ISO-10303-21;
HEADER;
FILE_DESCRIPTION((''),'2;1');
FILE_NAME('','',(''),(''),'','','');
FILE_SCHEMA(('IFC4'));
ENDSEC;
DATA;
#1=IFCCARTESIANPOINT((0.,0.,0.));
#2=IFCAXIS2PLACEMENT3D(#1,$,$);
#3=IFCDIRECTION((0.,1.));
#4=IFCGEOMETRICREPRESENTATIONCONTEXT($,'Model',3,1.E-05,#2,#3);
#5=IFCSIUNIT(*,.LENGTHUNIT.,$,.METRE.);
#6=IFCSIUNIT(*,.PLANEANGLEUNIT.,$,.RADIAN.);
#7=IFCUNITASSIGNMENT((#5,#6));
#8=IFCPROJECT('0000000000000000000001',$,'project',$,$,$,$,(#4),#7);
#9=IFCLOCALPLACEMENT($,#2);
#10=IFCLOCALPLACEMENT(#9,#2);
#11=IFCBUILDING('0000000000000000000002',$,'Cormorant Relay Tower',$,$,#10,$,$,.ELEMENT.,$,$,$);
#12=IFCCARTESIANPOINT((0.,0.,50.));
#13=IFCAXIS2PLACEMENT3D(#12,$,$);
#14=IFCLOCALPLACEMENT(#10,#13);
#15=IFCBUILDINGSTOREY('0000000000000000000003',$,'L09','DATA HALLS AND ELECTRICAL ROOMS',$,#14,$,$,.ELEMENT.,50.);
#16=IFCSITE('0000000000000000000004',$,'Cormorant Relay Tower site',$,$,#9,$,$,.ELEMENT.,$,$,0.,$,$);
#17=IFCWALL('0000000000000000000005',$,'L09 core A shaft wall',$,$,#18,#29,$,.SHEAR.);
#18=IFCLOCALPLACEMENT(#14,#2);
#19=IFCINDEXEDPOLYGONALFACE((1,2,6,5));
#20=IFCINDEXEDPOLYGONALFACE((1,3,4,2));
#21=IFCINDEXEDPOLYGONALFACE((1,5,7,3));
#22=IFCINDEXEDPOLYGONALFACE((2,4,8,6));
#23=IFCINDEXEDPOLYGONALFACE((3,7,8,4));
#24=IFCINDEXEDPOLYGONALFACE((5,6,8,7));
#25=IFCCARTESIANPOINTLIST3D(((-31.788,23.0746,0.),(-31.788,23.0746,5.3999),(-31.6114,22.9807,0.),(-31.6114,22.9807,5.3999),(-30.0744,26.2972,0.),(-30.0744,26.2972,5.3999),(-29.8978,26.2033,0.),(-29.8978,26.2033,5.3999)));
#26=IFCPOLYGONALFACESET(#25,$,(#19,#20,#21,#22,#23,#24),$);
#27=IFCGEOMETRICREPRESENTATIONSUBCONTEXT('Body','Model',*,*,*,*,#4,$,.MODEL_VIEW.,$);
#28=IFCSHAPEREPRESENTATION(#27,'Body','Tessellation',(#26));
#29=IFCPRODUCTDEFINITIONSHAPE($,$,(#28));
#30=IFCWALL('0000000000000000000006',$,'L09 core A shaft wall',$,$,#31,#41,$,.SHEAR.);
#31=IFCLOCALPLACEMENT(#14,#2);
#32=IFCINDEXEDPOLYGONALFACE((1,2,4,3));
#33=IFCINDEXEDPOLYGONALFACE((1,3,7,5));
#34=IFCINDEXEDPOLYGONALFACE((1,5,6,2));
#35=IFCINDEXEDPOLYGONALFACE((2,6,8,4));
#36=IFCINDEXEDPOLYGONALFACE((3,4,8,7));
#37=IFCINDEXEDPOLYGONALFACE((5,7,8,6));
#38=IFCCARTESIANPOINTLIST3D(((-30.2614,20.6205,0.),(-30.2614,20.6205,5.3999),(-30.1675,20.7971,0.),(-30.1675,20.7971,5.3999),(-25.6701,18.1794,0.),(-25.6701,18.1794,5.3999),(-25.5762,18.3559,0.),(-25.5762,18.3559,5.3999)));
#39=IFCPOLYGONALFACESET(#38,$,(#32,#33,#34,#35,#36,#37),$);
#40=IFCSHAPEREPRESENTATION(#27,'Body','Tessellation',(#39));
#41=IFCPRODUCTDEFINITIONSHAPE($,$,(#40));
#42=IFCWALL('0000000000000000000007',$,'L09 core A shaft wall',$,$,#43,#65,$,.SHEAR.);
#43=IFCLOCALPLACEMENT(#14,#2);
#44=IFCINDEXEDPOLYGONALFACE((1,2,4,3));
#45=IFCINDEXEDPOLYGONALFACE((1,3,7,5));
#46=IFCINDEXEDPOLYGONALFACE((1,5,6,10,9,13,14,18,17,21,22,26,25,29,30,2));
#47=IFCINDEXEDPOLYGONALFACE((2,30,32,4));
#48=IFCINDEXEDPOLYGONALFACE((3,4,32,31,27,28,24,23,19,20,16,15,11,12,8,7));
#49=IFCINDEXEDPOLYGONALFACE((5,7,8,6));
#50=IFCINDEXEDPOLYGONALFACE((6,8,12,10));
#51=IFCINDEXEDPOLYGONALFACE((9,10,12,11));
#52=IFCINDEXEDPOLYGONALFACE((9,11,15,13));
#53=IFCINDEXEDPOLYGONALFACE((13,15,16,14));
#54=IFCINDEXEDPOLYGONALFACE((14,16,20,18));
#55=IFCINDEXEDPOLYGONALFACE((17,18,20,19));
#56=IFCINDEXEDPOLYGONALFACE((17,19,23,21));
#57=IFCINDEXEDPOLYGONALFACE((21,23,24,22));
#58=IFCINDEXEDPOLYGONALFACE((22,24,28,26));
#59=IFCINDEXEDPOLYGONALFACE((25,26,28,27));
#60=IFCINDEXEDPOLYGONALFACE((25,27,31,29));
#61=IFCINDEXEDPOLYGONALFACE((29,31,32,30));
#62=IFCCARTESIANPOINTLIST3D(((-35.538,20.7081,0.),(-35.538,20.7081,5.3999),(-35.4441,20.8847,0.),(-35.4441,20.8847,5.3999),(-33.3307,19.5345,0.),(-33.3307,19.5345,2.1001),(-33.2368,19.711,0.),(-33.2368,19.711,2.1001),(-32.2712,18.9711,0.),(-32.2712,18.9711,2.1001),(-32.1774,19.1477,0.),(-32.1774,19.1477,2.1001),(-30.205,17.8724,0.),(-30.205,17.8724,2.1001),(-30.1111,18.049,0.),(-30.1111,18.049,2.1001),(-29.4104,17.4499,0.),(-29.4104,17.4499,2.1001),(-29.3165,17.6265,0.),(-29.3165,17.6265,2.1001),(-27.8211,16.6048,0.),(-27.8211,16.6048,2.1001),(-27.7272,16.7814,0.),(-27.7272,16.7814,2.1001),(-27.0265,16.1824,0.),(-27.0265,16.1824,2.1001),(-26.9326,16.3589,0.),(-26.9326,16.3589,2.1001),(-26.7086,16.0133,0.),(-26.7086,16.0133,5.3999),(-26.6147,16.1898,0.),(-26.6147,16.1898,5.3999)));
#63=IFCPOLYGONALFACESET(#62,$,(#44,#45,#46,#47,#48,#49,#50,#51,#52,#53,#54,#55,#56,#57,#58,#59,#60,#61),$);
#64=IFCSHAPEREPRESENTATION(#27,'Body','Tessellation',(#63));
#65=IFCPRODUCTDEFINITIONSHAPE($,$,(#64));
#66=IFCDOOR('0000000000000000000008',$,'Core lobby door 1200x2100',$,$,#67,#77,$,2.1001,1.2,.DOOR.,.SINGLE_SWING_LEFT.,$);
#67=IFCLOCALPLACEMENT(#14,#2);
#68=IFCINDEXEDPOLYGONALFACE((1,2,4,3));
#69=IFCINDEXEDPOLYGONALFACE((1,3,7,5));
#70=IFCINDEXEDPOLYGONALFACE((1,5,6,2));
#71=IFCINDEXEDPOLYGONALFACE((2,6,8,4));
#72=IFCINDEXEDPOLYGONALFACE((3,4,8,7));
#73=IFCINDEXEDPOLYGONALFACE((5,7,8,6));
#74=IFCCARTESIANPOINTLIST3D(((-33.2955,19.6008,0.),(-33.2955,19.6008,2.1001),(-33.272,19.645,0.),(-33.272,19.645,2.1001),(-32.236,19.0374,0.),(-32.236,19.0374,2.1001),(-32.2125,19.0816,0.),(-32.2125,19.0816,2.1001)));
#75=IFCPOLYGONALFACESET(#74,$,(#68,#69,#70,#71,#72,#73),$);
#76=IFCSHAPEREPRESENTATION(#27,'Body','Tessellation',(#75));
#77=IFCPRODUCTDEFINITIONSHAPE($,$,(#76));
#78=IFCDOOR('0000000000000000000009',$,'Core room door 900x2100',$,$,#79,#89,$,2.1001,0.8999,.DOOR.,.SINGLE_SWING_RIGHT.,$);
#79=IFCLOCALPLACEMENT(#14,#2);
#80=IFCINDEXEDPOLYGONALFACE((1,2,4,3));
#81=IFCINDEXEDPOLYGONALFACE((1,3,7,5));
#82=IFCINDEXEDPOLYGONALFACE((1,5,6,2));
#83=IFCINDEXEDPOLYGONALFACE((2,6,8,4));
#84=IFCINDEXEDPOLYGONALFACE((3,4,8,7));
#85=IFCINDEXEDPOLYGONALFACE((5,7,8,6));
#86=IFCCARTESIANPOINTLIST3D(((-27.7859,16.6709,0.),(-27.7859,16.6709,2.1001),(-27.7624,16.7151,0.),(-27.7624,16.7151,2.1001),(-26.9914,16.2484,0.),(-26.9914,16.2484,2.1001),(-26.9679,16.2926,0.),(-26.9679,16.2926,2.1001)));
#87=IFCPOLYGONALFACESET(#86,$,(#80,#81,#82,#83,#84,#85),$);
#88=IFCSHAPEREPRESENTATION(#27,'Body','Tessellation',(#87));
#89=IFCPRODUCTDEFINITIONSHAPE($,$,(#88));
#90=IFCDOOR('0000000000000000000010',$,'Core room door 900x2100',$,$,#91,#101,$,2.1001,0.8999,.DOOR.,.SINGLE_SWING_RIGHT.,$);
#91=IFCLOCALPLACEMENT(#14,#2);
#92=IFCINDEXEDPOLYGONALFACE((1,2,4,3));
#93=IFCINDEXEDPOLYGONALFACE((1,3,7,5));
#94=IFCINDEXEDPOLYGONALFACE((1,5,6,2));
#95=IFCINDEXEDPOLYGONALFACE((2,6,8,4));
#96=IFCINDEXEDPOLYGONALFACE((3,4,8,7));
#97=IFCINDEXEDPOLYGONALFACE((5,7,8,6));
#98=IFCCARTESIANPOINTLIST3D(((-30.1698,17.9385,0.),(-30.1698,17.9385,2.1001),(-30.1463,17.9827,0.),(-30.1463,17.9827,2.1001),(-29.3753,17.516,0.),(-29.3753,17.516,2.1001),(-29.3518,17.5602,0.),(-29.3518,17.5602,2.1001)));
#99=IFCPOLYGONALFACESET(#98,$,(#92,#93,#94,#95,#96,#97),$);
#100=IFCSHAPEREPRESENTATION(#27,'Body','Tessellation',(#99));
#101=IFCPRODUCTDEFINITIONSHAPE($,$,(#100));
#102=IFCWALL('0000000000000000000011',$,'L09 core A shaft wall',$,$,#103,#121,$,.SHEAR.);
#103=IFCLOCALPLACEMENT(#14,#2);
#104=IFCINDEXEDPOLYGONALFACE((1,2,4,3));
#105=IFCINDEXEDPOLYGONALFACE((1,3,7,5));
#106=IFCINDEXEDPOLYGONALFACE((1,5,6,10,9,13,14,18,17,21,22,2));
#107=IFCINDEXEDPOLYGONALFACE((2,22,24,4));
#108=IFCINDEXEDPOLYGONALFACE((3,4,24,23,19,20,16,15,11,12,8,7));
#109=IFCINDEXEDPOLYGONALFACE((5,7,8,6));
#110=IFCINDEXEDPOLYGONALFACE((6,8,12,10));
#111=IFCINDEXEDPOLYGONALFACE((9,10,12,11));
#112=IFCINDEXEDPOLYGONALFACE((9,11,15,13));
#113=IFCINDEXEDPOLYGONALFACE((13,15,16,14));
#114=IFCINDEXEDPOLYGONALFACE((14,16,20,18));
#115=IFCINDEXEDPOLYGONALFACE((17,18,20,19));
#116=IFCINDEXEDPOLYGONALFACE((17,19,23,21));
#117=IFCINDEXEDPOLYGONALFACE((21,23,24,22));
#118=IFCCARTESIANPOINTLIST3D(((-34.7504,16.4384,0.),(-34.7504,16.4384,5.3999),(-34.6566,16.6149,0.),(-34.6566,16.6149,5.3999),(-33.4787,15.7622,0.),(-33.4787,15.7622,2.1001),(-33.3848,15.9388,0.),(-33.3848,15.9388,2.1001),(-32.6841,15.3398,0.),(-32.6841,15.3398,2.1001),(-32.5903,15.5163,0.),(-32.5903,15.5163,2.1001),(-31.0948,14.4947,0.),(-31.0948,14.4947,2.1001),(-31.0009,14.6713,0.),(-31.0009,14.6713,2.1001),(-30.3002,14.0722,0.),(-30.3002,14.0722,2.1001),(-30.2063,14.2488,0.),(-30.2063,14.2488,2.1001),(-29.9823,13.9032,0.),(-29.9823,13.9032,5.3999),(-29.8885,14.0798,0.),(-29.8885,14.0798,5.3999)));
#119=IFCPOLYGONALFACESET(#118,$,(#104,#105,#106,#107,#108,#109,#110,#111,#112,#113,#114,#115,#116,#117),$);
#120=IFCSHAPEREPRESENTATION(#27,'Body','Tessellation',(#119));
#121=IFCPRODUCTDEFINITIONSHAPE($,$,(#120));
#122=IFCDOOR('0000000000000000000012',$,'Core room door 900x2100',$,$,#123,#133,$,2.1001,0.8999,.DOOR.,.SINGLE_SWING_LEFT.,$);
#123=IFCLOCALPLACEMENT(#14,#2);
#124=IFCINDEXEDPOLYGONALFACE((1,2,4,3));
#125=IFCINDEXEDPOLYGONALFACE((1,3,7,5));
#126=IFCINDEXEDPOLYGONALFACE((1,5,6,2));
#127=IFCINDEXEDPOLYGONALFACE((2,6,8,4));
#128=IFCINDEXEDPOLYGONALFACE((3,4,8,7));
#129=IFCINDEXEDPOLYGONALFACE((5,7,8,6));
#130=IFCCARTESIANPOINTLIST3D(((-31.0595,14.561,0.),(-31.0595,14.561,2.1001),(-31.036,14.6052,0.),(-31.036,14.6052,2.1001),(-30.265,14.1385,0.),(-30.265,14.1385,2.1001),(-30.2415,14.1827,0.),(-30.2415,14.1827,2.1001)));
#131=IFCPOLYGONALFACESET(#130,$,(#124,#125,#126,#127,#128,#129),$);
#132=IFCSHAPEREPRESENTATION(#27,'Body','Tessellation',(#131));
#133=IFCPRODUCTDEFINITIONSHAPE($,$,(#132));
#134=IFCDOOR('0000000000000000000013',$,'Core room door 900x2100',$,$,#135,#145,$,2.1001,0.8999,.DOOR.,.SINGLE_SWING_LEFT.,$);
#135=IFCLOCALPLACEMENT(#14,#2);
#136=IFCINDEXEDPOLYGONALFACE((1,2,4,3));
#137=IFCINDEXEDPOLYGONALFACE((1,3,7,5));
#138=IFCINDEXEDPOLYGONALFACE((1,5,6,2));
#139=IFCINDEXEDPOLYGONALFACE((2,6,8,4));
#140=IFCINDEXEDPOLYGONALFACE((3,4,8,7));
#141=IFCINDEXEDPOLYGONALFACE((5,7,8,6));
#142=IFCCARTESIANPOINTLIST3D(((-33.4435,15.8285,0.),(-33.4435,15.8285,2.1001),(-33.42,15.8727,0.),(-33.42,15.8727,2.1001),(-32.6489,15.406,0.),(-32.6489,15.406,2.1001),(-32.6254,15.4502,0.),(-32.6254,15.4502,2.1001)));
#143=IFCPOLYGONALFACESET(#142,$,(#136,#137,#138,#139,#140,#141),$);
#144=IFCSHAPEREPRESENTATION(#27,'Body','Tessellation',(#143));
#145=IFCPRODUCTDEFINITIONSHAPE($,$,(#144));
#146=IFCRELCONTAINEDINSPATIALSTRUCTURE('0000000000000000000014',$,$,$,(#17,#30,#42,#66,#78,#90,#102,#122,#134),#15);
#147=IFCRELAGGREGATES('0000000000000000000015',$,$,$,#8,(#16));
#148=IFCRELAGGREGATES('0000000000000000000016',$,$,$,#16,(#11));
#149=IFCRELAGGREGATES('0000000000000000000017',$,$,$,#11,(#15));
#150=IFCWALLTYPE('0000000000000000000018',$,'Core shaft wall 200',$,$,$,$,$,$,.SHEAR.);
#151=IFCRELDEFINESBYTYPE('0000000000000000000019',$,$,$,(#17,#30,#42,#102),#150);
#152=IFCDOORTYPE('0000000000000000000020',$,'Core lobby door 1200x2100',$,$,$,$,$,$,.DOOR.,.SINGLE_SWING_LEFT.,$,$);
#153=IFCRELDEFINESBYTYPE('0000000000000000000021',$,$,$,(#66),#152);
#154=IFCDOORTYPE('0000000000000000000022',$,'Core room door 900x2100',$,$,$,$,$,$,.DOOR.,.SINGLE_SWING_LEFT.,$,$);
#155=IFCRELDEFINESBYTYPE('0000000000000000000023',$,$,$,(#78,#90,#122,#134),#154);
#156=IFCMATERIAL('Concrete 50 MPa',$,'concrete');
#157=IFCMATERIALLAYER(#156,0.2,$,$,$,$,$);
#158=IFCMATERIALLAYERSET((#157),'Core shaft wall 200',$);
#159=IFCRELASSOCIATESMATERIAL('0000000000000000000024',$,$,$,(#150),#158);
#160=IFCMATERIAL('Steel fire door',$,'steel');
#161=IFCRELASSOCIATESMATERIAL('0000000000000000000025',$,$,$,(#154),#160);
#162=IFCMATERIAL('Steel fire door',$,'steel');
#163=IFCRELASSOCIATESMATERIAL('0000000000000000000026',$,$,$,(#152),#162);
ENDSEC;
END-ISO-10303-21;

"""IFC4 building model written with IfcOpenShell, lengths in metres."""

from ifc_helpers import new_model, si_unit, direction, frame, frame_2d, origin, place, context, subcontext, project, spatial, rectangle, extrude, material, layer, layer_set, type_object, element, fill, save


model = new_model("IFC4")

# Units and contexts
model_context = context("Model", 3, precision=1e-05, world=origin(), true_north=direction((0.0, 1.0)))
body_context = subcontext(model_context, "Body", "Model", "MODEL_VIEW")
ifc_project = project(units=[si_unit("LENGTHUNIT", "METRE"), si_unit("PLANEANGLEUNIT", "RADIAN")], contexts=[model_context])

# Site, building, storey
site_placement = place(None, origin())
site = spatial("IfcSite", under=ifc_project, at=site_placement, Name="Cormorant Relay Tower site", CompositionType="ELEMENT", RefElevation=0.0)
building_placement = place(site_placement, origin())
building = spatial("IfcBuilding", under=site, at=building_placement, Name="Cormorant Relay Tower", CompositionType="ELEMENT")
storey_placement = place(building_placement, frame((0.0, 0.0, 50.0)))
storey = spatial("IfcBuildingStorey", under=building, at=storey_placement, Name="L09", Description="DATA HALLS AND ELECTRICAL ROOMS", CompositionType="ELEMENT", Elevation=50.0)

# Shared definitions
ifc_material_1 = material(Name="Concrete 50 MPa", Category="concrete")
ifc_layer_1 = layer(ifc_material_1, 0.2)
ifc_layer_set_1 = layer_set([ifc_layer_1], Name="Core shaft wall 200")
wall_type_1 = type_object("IfcWallType", Name="Core shaft wall 200", PredefinedType="SHEAR", material=ifc_layer_set_1)
ifc_material_2 = material(Name="Steel fire door", Category="steel")
door_type_1 = type_object("IfcDoorType", Name="Core room door 900x2100", OperationType="SINGLE_SWING_LEFT", PredefinedType="DOOR", material=ifc_material_2)

# Wall
wall_1_placement = place(storey_placement, frame((-29.9861, 26.2502, 0.0), z_axis=(0.0, 0.0, 1.0), x_axis=(-0.469494, -0.882936, 0.0)))
element("IfcWall", 1, at=wall_1_placement, inside=storey, type_object=wall_type_1, Name="L09 core A shaft wall", PredefinedType="SHEAR", context=body_context, shape_type="SweptSolid", body=[
    extrude(rectangle(XDim=3.6499, YDim=0.2, at=frame_2d((1.825, 0.0))), origin(), (0.0, 0.0, 1.0), 5.3999),
])

# Wall
wall_2_placement = place(storey_placement, frame((-25.623, 18.2676, 0.0), z_axis=(0.0, 0.0, 1.0), x_axis=(-0.882954, 0.46946, 0.0)))
element("IfcWall", 2, at=wall_2_placement, inside=storey, type_object=wall_type_1, Name="L09 core A shaft wall", PredefinedType="SHEAR", context=body_context, shape_type="SweptSolid", body=[
    extrude(rectangle(XDim=5.2, YDim=0.2, at=frame_2d((2.6001, 0.0))), origin(), (0.0, 0.0, 1.0), 5.3999),
])

# Walls, openings, doors
wall_3_placement = place(storey_placement, frame((-26.6616, 16.1016, 0.0), z_axis=(0.0, 0.0, 1.0), x_axis=(-0.88294, 0.469485, 0.0)))
wall_3 = element("IfcWall", 3, at=wall_3_placement, inside=storey, type_object=wall_type_1, Name="L09 core A shaft wall", PredefinedType="SHEAR", context=body_context, shape_type="SweptSolid", body=[
    extrude(rectangle(XDim=10.0, YDim=0.2, at=frame_2d((5.0, 0.0))), origin(), (0.0, 0.0, 1.0), 5.3999),
])
opening_1_placement = place(wall_3_placement, frame((6.3, 0.0, 0.0)))
opening_1 = element("IfcOpeningElement", 4, at=opening_1_placement, cuts=wall_3, PredefinedType="OPENING", context=body_context, shape_type="SweptSolid", body=[
    extrude(rectangle(XDim=1.2, YDim=2.1001, at=frame_2d((0.6001, 1.05))), frame((0.0, 0.1099, 0.0), z_axis=(0.0, -1.0, 0.0), x_axis=(1.0, 0.0, 0.0)), (0.0, 0.0, 1.0), 0.22),
])
opening_2_placement = place(wall_3_placement, frame((0.3601, 0.0, 0.0)))
opening_2 = element("IfcOpeningElement", 5, at=opening_2_placement, cuts=wall_3, PredefinedType="OPENING", context=body_context, shape_type="SweptSolid", body=[
    extrude(rectangle(XDim=0.8999, YDim=2.1001, at=frame_2d((0.45, 1.05))), frame((0.0, 0.1099, 0.0), z_axis=(0.0, -1.0, 0.0), x_axis=(1.0, 0.0, 0.0)), (0.0, 0.0, 1.0), 0.22),
])
opening_3_placement = place(wall_3_placement, frame((3.0601, 0.0, 0.0)))
opening_3 = element("IfcOpeningElement", 6, at=opening_3_placement, cuts=wall_3, PredefinedType="OPENING", context=body_context, shape_type="SweptSolid", body=[
    extrude(rectangle(XDim=0.8999, YDim=2.1001, at=frame_2d((0.45, 1.05))), frame((0.0, 0.1099, 0.0), z_axis=(0.0, -1.0, 0.0), x_axis=(1.0, 0.0, 0.0)), (0.0, 0.0, 1.0), 0.22),
])
ifc_material_3 = material(Name="Steel fire door", Category="steel")
door_type_2 = type_object("IfcDoorType", Name="Core lobby door 1200x2100", OperationType="SINGLE_SWING_LEFT", PredefinedType="DOOR", material=ifc_material_3)
door_1_placement = place(opening_1_placement, origin())
door_1 = element("IfcDoor", 7, at=door_1_placement, inside=storey, type_object=door_type_2, Name="Core lobby door 1200x2100", OperationType="SINGLE_SWING_LEFT", OverallHeight=2.1001, OverallWidth=1.2, PredefinedType="DOOR", context=body_context, shape_type="SweptSolid", body=[
    extrude(rectangle(XDim=1.2, YDim=2.1001, at=frame_2d((0.6001, 1.05))), frame((0.0, 0.0249, 0.0), z_axis=(0.0, -1.0, 0.0), x_axis=(1.0, 0.0, 0.0)), (0.0, 0.0, 1.0), 0.05),
])
fill(opening_1, door_1)
door_2_placement = place(opening_2_placement, frame((0.8999, 0.0, 0.0), z_axis=(0.0, 0.0, 1.0), x_axis=(-1.0, 0.0, 0.0)))
door_2 = element("IfcDoor", 8, at=door_2_placement, inside=storey, type_object=door_type_1, Name="Core room door 900x2100", OperationType="SINGLE_SWING_RIGHT", OverallHeight=2.1001, OverallWidth=0.8999, PredefinedType="DOOR", context=body_context, shape_type="SweptSolid", body=[
    extrude(rectangle(XDim=0.8999, YDim=2.1001, at=frame_2d((0.45, 1.05))), frame((0.0, 0.0249, 0.0), z_axis=(0.0, -1.0, 0.0), x_axis=(1.0, 0.0, 0.0)), (0.0, 0.0, 1.0), 0.05),
])
fill(opening_2, door_2)
door_3_placement = place(opening_3_placement, frame((0.8999, 0.0, 0.0), z_axis=(0.0, 0.0, 1.0), x_axis=(-1.0, 0.0, 0.0)))
door_3 = element("IfcDoor", 9, at=door_3_placement, inside=storey, type_object=door_type_1, Name="Core room door 900x2100", OperationType="SINGLE_SWING_RIGHT", OverallHeight=2.1001, OverallWidth=0.8999, PredefinedType="DOOR", context=body_context, shape_type="SweptSolid", body=[
    extrude(rectangle(XDim=0.8999, YDim=2.1001, at=frame_2d((0.45, 1.05))), frame((0.0, 0.0249, 0.0), z_axis=(0.0, -1.0, 0.0), x_axis=(1.0, 0.0, 0.0)), (0.0, 0.0, 1.0), 0.05),
])
fill(opening_3, door_3)
wall_4_placement = place(storey_placement, frame((-29.9353, 13.9915, 0.0), z_axis=(0.0, 0.0, 1.0), x_axis=(-0.882953, 0.469462, 0.0)))
wall_4 = element("IfcWall", 10, at=wall_4_placement, inside=storey, type_object=wall_type_1, Name="L09 core A shaft wall", PredefinedType="SHEAR", context=body_context, shape_type="SweptSolid", body=[
    extrude(rectangle(XDim=5.4001, YDim=0.2, at=frame_2d((2.7002, 0.0))), origin(), (0.0, 0.0, 1.0), 5.3999),
])
opening_4_placement = place(wall_4_placement, frame((0.3601, 0.0, 0.0)))
opening_4 = element("IfcOpeningElement", 11, at=opening_4_placement, cuts=wall_4, PredefinedType="OPENING", context=body_context, shape_type="SweptSolid", body=[
    extrude(rectangle(XDim=0.8999, YDim=2.1001, at=frame_2d((0.45, 1.05))), frame((0.0, 0.1099, 0.0), z_axis=(0.0, -1.0, 0.0), x_axis=(1.0, 0.0, 0.0)), (0.0, 0.0, 1.0), 0.22),
])
opening_5_placement = place(wall_4_placement, frame((3.0601, 0.0, 0.0)))
opening_5 = element("IfcOpeningElement", 12, at=opening_5_placement, cuts=wall_4, PredefinedType="OPENING", context=body_context, shape_type="SweptSolid", body=[
    extrude(rectangle(XDim=0.8999, YDim=2.1001, at=frame_2d((0.45, 1.05))), frame((0.0, 0.1099, 0.0), z_axis=(0.0, -1.0, 0.0), x_axis=(1.0, 0.0, 0.0)), (0.0, 0.0, 1.0), 0.22),
])
door_4_placement = place(opening_4_placement, origin())
door_4 = element("IfcDoor", 13, at=door_4_placement, inside=storey, type_object=door_type_1, Name="Core room door 900x2100", OperationType="SINGLE_SWING_LEFT", OverallHeight=2.1001, OverallWidth=0.8999, PredefinedType="DOOR", context=body_context, shape_type="SweptSolid", body=[
    extrude(rectangle(XDim=0.8999, YDim=2.1001, at=frame_2d((0.45, 1.05))), frame((0.0, 0.0249, 0.0), z_axis=(0.0, -1.0, 0.0), x_axis=(1.0, 0.0, 0.0)), (0.0, 0.0, 1.0), 0.05),
])
fill(opening_4, door_4)
door_5_placement = place(opening_5_placement, origin())
door_5 = element("IfcDoor", 14, at=door_5_placement, inside=storey, type_object=door_type_1, Name="Core room door 900x2100", OperationType="SINGLE_SWING_LEFT", OverallHeight=2.1001, OverallWidth=0.8999, PredefinedType="DOOR", context=body_context, shape_type="SweptSolid", body=[
    extrude(rectangle(XDim=0.8999, YDim=2.1001, at=frame_2d((0.45, 1.05))), frame((0.0, 0.0249, 0.0), z_axis=(0.0, -1.0, 0.0), x_axis=(1.0, 0.0, 0.0)), (0.0, 0.0, 1.0), 0.05),
])
fill(opening_5, door_5)

save(model, "model.ifc")
